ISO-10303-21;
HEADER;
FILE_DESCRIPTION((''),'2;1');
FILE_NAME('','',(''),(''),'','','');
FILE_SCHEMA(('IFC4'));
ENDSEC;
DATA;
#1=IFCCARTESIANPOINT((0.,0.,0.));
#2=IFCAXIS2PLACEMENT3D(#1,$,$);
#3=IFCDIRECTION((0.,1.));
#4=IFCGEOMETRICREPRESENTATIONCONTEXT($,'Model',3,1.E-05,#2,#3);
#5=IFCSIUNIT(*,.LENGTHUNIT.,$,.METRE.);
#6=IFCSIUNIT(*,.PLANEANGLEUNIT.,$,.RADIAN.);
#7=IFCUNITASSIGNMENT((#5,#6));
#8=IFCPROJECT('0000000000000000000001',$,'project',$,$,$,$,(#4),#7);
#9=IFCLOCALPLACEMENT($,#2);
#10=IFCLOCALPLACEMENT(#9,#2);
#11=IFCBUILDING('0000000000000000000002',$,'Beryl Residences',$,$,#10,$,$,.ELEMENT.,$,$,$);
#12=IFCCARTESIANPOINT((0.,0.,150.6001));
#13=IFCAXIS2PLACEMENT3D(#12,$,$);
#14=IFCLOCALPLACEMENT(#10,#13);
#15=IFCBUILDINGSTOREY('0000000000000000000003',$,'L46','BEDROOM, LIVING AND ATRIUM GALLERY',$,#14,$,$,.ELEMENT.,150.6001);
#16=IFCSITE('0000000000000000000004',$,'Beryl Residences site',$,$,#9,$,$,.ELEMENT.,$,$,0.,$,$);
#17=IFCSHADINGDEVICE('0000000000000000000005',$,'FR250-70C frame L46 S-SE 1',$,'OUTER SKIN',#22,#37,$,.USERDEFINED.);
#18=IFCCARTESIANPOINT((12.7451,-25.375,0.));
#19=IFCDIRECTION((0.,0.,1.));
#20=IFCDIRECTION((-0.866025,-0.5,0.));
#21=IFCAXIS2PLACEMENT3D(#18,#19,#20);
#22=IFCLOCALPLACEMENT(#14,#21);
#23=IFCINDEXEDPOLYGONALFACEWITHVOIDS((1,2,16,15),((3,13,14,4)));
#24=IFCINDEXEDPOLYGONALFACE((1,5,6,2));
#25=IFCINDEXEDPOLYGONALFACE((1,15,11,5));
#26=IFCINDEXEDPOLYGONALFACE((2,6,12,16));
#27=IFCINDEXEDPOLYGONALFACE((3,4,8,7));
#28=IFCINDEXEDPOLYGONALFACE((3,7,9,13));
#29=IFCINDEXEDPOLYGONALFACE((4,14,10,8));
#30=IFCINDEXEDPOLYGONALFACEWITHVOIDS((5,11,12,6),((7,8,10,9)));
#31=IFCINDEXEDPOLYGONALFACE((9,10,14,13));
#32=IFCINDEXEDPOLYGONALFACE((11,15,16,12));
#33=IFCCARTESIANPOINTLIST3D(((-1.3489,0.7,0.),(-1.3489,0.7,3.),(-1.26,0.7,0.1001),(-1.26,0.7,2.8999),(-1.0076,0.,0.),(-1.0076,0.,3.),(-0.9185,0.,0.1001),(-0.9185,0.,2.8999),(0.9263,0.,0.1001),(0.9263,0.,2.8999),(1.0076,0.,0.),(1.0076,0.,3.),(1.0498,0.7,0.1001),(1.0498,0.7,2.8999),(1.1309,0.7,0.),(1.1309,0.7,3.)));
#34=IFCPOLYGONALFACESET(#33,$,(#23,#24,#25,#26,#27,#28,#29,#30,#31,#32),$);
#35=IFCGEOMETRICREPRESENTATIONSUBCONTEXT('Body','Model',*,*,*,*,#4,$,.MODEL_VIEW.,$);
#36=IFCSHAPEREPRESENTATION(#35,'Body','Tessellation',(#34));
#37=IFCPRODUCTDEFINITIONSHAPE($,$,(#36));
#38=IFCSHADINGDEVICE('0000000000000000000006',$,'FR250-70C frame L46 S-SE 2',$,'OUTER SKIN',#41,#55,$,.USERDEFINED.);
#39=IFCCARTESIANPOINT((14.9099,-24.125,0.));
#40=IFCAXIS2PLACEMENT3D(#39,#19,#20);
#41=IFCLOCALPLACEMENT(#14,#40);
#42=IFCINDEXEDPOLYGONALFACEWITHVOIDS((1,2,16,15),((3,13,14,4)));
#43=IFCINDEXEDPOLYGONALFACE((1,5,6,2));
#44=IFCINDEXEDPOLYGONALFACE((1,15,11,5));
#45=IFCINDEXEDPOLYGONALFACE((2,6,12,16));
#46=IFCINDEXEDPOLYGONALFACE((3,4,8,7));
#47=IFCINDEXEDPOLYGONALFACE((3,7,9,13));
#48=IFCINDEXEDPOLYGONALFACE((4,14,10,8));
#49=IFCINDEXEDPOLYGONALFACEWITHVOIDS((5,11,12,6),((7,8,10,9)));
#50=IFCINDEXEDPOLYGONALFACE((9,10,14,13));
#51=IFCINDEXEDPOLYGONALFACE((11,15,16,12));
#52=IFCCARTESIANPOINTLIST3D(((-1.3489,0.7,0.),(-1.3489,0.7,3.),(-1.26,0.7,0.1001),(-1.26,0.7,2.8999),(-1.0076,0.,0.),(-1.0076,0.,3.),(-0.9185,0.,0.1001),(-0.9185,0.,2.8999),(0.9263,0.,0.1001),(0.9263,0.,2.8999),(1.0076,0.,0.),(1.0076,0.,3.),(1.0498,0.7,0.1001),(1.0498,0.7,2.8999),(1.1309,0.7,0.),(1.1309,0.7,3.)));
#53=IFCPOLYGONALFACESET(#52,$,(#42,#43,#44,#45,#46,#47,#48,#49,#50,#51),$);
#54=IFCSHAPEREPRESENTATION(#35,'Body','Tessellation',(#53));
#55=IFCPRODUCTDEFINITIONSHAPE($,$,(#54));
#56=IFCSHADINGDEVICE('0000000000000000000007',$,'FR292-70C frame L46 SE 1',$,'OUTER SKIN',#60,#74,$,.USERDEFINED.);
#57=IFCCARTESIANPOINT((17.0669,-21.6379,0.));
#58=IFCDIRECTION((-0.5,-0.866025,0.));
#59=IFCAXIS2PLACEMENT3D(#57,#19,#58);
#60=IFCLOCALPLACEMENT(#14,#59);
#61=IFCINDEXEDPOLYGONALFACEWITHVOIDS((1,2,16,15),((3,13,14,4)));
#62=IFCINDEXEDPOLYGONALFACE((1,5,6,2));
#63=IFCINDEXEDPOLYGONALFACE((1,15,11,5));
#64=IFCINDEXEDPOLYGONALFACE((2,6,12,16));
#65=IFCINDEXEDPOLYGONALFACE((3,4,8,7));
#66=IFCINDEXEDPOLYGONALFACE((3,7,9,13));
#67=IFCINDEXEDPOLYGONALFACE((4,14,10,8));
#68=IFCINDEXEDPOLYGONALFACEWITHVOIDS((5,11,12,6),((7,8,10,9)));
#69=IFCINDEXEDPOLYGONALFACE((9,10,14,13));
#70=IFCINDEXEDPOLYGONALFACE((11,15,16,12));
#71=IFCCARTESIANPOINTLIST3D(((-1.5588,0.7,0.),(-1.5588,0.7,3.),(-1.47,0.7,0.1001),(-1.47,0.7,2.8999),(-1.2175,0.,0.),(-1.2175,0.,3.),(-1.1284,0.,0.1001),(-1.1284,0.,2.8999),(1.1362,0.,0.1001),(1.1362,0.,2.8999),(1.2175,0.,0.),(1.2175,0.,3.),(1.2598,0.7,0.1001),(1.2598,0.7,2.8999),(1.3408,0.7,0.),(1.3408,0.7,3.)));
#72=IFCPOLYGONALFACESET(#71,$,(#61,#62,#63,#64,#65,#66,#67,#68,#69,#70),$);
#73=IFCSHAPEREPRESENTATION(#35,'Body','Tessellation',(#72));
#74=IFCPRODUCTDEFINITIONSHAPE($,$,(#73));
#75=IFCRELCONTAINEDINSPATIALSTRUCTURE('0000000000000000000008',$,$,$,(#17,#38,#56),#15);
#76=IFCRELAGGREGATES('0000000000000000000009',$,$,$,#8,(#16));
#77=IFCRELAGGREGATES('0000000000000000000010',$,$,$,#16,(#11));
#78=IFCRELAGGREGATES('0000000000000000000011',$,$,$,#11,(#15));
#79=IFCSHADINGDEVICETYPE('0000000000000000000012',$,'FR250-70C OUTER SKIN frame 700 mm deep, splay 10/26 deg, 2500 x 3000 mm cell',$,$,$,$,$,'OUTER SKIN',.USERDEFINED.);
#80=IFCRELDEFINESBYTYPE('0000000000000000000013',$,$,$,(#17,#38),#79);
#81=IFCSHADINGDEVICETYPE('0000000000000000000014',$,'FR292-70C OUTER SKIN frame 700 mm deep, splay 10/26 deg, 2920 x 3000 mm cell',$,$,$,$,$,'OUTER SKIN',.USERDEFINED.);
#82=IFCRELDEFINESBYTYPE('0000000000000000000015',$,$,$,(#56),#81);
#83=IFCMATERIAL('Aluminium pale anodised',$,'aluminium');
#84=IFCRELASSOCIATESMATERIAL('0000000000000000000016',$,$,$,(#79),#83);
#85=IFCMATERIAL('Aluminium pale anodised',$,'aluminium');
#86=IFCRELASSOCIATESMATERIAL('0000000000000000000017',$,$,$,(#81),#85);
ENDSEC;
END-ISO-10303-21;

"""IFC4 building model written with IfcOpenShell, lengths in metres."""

from ifc_helpers import new_model, entity, si_unit, direction, frame, origin, place, context, subcontext, project, spatial, source, transform, mapped, material, type_object, type_shapes, element, save


model = new_model("IFC4")

# Units and contexts
model_context = context("Model", 3, precision=1e-05, world=origin(), true_north=direction((0.0, 1.0)))
body_context = subcontext(model_context, "Body", "Model", "MODEL_VIEW")
ifc_project = project(units=[si_unit("LENGTHUNIT", "METRE"), si_unit("PLANEANGLEUNIT", "RADIAN")], contexts=[model_context])

# Site, building, storey
site_placement = place(None, origin())
site = spatial("IfcSite", under=ifc_project, at=site_placement, Name="Beryl Residences site", CompositionType="ELEMENT", RefElevation=0.0)
building_placement = place(site_placement, origin())
building = spatial("IfcBuilding", under=site, at=building_placement, Name="Beryl Residences", CompositionType="ELEMENT")
storey_placement = place(building_placement, frame((0.0, 0.0, 150.6001)))
storey = spatial("IfcBuildingStorey", under=building, at=storey_placement, Name="L46", Description="BEDROOM, LIVING AND ATRIUM GALLERY", CompositionType="ELEMENT", Elevation=150.6001)

# Shading devices
ifc_material_1 = material(Name="Aluminium pale anodised", Category="aluminium")
shading_device_type_1 = type_object("IfcShadingDeviceType", Name="FR250-70C OUTER SKIN frame 700 mm deep, splay 10/26 deg, 2500 x 3000 mm cell", ElementType="OUTER SKIN", PredefinedType="USERDEFINED", material=ifc_material_1)
cartesian_point_1 = entity("IfcCartesianPoint", [-1.0076, 0.0])
cartesian_point_2 = entity("IfcCartesianPoint", [-0.9263, 0.1001])
cartesian_point_3 = entity("IfcCartesianPoint", [-1.1309, 0.0])
cartesian_point_4 = entity("IfcCartesianPoint", [-1.0498, 0.1001])
shared_shape_1 = source(origin(), body_context, "Body", "SweptSolid", [
    entity("IfcExtrudedAreaSolidTapered", entity("IfcArbitraryProfileDefWithVoids", "AREA", None, entity("IfcPolyline", [cartesian_point_1, entity("IfcCartesianPoint", [1.0076, 0.0]), entity("IfcCartesianPoint", [1.0076, 3.0]), entity("IfcCartesianPoint", [-1.0076, 3.0]), cartesian_point_1]), [entity("IfcPolyline", [cartesian_point_2, entity("IfcCartesianPoint", [0.9185, 0.1001]), entity("IfcCartesianPoint", [0.9185, 2.8999]), entity("IfcCartesianPoint", [-0.9263, 2.8999]), cartesian_point_2])]), entity("IfcAxis2Placement3D", entity("IfcCartesianPoint", [0.0, 0.0, 0.0]), entity("IfcDirection", [0.0, 1.0, 0.0]), entity("IfcDirection", [-1.0, 0.0, 0.0])), entity("IfcDirection", [0.0, 0.0, 1.0]), 0.7, entity("IfcArbitraryProfileDefWithVoids", "AREA", None, entity("IfcPolyline", [cartesian_point_3, entity("IfcCartesianPoint", [1.3489, 0.0]), entity("IfcCartesianPoint", [1.3489, 3.0]), entity("IfcCartesianPoint", [-1.1309, 3.0]), cartesian_point_3]), [entity("IfcPolyline", [cartesian_point_4, entity("IfcCartesianPoint", [1.26, 0.1001]), entity("IfcCartesianPoint", [1.26, 2.8999]), entity("IfcCartesianPoint", [-1.0498, 2.8999]), cartesian_point_4])])),
])
type_shapes(shading_device_type_1, [shared_shape_1])
for number, where, z_axis, x_axis, name in (
    (1, (12.7451, -25.375, 0.0), (0.0, 0.0, 1.0), (-0.866025, -0.5, 0.0), "FR250-70C frame L46 S-SE 1"),
    (2, (14.9099, -24.125, 0.0), (0.0, 0.0, 1.0), (-0.866025, -0.5, 0.0), "FR250-70C frame L46 S-SE 2"),
):
    element("IfcShadingDevice", number, at=place(storey_placement, frame(where, z_axis=z_axis, x_axis=x_axis)), inside=storey, type_object=shading_device_type_1, Name=name, ObjectType="OUTER SKIN", PredefinedType="USERDEFINED", context=body_context, shape_type="MappedRepresentation", body=[
        mapped(shared_shape_1, transform((0.0, 0.0, 0.0))),
    ])
ifc_material_2 = material(Name="Aluminium pale anodised", Category="aluminium")
shading_device_type_2 = type_object("IfcShadingDeviceType", Name="FR292-70C OUTER SKIN frame 700 mm deep, splay 10/26 deg, 2920 x 3000 mm cell", ElementType="OUTER SKIN", PredefinedType="USERDEFINED", material=ifc_material_2)
cartesian_point_5 = entity("IfcCartesianPoint", [-1.2175, 0.0])
cartesian_point_6 = entity("IfcCartesianPoint", [-1.1362, 0.1001])
cartesian_point_7 = entity("IfcCartesianPoint", [-1.3408, 0.0])
cartesian_point_8 = entity("IfcCartesianPoint", [-1.2598, 0.1001])
shared_shape_2 = source(origin(), body_context, "Body", "SweptSolid", [
    entity("IfcExtrudedAreaSolidTapered", entity("IfcArbitraryProfileDefWithVoids", "AREA", None, entity("IfcPolyline", [cartesian_point_5, entity("IfcCartesianPoint", [1.2175, 0.0]), entity("IfcCartesianPoint", [1.2175, 3.0]), entity("IfcCartesianPoint", [-1.2175, 3.0]), cartesian_point_5]), [entity("IfcPolyline", [cartesian_point_6, entity("IfcCartesianPoint", [1.1284, 0.1001]), entity("IfcCartesianPoint", [1.1284, 2.8999]), entity("IfcCartesianPoint", [-1.1362, 2.8999]), cartesian_point_6])]), entity("IfcAxis2Placement3D", entity("IfcCartesianPoint", [0.0, 0.0, 0.0]), entity("IfcDirection", [0.0, 1.0, 0.0]), entity("IfcDirection", [-1.0, 0.0, 0.0])), entity("IfcDirection", [0.0, 0.0, 1.0]), 0.7, entity("IfcArbitraryProfileDefWithVoids", "AREA", None, entity("IfcPolyline", [cartesian_point_7, entity("IfcCartesianPoint", [1.5588, 0.0]), entity("IfcCartesianPoint", [1.5588, 3.0]), entity("IfcCartesianPoint", [-1.3408, 3.0]), cartesian_point_7]), [entity("IfcPolyline", [cartesian_point_8, entity("IfcCartesianPoint", [1.47, 0.1001]), entity("IfcCartesianPoint", [1.47, 2.8999]), entity("IfcCartesianPoint", [-1.2598, 2.8999]), cartesian_point_8])])),
])
type_shapes(shading_device_type_2, [shared_shape_2])
shading_device_placement = place(storey_placement, frame((17.0669, -21.6379, 0.0), z_axis=(0.0, 0.0, 1.0), x_axis=(-0.5, -0.866025, 0.0)))
element("IfcShadingDevice", 3, at=shading_device_placement, inside=storey, type_object=shading_device_type_2, Name="FR292-70C frame L46 SE 1", ObjectType="OUTER SKIN", PredefinedType="USERDEFINED", context=body_context, shape_type="MappedRepresentation", body=[
    mapped(shared_shape_2, transform((0.0, 0.0, 0.0))),
])

save(model, "model.ifc")
